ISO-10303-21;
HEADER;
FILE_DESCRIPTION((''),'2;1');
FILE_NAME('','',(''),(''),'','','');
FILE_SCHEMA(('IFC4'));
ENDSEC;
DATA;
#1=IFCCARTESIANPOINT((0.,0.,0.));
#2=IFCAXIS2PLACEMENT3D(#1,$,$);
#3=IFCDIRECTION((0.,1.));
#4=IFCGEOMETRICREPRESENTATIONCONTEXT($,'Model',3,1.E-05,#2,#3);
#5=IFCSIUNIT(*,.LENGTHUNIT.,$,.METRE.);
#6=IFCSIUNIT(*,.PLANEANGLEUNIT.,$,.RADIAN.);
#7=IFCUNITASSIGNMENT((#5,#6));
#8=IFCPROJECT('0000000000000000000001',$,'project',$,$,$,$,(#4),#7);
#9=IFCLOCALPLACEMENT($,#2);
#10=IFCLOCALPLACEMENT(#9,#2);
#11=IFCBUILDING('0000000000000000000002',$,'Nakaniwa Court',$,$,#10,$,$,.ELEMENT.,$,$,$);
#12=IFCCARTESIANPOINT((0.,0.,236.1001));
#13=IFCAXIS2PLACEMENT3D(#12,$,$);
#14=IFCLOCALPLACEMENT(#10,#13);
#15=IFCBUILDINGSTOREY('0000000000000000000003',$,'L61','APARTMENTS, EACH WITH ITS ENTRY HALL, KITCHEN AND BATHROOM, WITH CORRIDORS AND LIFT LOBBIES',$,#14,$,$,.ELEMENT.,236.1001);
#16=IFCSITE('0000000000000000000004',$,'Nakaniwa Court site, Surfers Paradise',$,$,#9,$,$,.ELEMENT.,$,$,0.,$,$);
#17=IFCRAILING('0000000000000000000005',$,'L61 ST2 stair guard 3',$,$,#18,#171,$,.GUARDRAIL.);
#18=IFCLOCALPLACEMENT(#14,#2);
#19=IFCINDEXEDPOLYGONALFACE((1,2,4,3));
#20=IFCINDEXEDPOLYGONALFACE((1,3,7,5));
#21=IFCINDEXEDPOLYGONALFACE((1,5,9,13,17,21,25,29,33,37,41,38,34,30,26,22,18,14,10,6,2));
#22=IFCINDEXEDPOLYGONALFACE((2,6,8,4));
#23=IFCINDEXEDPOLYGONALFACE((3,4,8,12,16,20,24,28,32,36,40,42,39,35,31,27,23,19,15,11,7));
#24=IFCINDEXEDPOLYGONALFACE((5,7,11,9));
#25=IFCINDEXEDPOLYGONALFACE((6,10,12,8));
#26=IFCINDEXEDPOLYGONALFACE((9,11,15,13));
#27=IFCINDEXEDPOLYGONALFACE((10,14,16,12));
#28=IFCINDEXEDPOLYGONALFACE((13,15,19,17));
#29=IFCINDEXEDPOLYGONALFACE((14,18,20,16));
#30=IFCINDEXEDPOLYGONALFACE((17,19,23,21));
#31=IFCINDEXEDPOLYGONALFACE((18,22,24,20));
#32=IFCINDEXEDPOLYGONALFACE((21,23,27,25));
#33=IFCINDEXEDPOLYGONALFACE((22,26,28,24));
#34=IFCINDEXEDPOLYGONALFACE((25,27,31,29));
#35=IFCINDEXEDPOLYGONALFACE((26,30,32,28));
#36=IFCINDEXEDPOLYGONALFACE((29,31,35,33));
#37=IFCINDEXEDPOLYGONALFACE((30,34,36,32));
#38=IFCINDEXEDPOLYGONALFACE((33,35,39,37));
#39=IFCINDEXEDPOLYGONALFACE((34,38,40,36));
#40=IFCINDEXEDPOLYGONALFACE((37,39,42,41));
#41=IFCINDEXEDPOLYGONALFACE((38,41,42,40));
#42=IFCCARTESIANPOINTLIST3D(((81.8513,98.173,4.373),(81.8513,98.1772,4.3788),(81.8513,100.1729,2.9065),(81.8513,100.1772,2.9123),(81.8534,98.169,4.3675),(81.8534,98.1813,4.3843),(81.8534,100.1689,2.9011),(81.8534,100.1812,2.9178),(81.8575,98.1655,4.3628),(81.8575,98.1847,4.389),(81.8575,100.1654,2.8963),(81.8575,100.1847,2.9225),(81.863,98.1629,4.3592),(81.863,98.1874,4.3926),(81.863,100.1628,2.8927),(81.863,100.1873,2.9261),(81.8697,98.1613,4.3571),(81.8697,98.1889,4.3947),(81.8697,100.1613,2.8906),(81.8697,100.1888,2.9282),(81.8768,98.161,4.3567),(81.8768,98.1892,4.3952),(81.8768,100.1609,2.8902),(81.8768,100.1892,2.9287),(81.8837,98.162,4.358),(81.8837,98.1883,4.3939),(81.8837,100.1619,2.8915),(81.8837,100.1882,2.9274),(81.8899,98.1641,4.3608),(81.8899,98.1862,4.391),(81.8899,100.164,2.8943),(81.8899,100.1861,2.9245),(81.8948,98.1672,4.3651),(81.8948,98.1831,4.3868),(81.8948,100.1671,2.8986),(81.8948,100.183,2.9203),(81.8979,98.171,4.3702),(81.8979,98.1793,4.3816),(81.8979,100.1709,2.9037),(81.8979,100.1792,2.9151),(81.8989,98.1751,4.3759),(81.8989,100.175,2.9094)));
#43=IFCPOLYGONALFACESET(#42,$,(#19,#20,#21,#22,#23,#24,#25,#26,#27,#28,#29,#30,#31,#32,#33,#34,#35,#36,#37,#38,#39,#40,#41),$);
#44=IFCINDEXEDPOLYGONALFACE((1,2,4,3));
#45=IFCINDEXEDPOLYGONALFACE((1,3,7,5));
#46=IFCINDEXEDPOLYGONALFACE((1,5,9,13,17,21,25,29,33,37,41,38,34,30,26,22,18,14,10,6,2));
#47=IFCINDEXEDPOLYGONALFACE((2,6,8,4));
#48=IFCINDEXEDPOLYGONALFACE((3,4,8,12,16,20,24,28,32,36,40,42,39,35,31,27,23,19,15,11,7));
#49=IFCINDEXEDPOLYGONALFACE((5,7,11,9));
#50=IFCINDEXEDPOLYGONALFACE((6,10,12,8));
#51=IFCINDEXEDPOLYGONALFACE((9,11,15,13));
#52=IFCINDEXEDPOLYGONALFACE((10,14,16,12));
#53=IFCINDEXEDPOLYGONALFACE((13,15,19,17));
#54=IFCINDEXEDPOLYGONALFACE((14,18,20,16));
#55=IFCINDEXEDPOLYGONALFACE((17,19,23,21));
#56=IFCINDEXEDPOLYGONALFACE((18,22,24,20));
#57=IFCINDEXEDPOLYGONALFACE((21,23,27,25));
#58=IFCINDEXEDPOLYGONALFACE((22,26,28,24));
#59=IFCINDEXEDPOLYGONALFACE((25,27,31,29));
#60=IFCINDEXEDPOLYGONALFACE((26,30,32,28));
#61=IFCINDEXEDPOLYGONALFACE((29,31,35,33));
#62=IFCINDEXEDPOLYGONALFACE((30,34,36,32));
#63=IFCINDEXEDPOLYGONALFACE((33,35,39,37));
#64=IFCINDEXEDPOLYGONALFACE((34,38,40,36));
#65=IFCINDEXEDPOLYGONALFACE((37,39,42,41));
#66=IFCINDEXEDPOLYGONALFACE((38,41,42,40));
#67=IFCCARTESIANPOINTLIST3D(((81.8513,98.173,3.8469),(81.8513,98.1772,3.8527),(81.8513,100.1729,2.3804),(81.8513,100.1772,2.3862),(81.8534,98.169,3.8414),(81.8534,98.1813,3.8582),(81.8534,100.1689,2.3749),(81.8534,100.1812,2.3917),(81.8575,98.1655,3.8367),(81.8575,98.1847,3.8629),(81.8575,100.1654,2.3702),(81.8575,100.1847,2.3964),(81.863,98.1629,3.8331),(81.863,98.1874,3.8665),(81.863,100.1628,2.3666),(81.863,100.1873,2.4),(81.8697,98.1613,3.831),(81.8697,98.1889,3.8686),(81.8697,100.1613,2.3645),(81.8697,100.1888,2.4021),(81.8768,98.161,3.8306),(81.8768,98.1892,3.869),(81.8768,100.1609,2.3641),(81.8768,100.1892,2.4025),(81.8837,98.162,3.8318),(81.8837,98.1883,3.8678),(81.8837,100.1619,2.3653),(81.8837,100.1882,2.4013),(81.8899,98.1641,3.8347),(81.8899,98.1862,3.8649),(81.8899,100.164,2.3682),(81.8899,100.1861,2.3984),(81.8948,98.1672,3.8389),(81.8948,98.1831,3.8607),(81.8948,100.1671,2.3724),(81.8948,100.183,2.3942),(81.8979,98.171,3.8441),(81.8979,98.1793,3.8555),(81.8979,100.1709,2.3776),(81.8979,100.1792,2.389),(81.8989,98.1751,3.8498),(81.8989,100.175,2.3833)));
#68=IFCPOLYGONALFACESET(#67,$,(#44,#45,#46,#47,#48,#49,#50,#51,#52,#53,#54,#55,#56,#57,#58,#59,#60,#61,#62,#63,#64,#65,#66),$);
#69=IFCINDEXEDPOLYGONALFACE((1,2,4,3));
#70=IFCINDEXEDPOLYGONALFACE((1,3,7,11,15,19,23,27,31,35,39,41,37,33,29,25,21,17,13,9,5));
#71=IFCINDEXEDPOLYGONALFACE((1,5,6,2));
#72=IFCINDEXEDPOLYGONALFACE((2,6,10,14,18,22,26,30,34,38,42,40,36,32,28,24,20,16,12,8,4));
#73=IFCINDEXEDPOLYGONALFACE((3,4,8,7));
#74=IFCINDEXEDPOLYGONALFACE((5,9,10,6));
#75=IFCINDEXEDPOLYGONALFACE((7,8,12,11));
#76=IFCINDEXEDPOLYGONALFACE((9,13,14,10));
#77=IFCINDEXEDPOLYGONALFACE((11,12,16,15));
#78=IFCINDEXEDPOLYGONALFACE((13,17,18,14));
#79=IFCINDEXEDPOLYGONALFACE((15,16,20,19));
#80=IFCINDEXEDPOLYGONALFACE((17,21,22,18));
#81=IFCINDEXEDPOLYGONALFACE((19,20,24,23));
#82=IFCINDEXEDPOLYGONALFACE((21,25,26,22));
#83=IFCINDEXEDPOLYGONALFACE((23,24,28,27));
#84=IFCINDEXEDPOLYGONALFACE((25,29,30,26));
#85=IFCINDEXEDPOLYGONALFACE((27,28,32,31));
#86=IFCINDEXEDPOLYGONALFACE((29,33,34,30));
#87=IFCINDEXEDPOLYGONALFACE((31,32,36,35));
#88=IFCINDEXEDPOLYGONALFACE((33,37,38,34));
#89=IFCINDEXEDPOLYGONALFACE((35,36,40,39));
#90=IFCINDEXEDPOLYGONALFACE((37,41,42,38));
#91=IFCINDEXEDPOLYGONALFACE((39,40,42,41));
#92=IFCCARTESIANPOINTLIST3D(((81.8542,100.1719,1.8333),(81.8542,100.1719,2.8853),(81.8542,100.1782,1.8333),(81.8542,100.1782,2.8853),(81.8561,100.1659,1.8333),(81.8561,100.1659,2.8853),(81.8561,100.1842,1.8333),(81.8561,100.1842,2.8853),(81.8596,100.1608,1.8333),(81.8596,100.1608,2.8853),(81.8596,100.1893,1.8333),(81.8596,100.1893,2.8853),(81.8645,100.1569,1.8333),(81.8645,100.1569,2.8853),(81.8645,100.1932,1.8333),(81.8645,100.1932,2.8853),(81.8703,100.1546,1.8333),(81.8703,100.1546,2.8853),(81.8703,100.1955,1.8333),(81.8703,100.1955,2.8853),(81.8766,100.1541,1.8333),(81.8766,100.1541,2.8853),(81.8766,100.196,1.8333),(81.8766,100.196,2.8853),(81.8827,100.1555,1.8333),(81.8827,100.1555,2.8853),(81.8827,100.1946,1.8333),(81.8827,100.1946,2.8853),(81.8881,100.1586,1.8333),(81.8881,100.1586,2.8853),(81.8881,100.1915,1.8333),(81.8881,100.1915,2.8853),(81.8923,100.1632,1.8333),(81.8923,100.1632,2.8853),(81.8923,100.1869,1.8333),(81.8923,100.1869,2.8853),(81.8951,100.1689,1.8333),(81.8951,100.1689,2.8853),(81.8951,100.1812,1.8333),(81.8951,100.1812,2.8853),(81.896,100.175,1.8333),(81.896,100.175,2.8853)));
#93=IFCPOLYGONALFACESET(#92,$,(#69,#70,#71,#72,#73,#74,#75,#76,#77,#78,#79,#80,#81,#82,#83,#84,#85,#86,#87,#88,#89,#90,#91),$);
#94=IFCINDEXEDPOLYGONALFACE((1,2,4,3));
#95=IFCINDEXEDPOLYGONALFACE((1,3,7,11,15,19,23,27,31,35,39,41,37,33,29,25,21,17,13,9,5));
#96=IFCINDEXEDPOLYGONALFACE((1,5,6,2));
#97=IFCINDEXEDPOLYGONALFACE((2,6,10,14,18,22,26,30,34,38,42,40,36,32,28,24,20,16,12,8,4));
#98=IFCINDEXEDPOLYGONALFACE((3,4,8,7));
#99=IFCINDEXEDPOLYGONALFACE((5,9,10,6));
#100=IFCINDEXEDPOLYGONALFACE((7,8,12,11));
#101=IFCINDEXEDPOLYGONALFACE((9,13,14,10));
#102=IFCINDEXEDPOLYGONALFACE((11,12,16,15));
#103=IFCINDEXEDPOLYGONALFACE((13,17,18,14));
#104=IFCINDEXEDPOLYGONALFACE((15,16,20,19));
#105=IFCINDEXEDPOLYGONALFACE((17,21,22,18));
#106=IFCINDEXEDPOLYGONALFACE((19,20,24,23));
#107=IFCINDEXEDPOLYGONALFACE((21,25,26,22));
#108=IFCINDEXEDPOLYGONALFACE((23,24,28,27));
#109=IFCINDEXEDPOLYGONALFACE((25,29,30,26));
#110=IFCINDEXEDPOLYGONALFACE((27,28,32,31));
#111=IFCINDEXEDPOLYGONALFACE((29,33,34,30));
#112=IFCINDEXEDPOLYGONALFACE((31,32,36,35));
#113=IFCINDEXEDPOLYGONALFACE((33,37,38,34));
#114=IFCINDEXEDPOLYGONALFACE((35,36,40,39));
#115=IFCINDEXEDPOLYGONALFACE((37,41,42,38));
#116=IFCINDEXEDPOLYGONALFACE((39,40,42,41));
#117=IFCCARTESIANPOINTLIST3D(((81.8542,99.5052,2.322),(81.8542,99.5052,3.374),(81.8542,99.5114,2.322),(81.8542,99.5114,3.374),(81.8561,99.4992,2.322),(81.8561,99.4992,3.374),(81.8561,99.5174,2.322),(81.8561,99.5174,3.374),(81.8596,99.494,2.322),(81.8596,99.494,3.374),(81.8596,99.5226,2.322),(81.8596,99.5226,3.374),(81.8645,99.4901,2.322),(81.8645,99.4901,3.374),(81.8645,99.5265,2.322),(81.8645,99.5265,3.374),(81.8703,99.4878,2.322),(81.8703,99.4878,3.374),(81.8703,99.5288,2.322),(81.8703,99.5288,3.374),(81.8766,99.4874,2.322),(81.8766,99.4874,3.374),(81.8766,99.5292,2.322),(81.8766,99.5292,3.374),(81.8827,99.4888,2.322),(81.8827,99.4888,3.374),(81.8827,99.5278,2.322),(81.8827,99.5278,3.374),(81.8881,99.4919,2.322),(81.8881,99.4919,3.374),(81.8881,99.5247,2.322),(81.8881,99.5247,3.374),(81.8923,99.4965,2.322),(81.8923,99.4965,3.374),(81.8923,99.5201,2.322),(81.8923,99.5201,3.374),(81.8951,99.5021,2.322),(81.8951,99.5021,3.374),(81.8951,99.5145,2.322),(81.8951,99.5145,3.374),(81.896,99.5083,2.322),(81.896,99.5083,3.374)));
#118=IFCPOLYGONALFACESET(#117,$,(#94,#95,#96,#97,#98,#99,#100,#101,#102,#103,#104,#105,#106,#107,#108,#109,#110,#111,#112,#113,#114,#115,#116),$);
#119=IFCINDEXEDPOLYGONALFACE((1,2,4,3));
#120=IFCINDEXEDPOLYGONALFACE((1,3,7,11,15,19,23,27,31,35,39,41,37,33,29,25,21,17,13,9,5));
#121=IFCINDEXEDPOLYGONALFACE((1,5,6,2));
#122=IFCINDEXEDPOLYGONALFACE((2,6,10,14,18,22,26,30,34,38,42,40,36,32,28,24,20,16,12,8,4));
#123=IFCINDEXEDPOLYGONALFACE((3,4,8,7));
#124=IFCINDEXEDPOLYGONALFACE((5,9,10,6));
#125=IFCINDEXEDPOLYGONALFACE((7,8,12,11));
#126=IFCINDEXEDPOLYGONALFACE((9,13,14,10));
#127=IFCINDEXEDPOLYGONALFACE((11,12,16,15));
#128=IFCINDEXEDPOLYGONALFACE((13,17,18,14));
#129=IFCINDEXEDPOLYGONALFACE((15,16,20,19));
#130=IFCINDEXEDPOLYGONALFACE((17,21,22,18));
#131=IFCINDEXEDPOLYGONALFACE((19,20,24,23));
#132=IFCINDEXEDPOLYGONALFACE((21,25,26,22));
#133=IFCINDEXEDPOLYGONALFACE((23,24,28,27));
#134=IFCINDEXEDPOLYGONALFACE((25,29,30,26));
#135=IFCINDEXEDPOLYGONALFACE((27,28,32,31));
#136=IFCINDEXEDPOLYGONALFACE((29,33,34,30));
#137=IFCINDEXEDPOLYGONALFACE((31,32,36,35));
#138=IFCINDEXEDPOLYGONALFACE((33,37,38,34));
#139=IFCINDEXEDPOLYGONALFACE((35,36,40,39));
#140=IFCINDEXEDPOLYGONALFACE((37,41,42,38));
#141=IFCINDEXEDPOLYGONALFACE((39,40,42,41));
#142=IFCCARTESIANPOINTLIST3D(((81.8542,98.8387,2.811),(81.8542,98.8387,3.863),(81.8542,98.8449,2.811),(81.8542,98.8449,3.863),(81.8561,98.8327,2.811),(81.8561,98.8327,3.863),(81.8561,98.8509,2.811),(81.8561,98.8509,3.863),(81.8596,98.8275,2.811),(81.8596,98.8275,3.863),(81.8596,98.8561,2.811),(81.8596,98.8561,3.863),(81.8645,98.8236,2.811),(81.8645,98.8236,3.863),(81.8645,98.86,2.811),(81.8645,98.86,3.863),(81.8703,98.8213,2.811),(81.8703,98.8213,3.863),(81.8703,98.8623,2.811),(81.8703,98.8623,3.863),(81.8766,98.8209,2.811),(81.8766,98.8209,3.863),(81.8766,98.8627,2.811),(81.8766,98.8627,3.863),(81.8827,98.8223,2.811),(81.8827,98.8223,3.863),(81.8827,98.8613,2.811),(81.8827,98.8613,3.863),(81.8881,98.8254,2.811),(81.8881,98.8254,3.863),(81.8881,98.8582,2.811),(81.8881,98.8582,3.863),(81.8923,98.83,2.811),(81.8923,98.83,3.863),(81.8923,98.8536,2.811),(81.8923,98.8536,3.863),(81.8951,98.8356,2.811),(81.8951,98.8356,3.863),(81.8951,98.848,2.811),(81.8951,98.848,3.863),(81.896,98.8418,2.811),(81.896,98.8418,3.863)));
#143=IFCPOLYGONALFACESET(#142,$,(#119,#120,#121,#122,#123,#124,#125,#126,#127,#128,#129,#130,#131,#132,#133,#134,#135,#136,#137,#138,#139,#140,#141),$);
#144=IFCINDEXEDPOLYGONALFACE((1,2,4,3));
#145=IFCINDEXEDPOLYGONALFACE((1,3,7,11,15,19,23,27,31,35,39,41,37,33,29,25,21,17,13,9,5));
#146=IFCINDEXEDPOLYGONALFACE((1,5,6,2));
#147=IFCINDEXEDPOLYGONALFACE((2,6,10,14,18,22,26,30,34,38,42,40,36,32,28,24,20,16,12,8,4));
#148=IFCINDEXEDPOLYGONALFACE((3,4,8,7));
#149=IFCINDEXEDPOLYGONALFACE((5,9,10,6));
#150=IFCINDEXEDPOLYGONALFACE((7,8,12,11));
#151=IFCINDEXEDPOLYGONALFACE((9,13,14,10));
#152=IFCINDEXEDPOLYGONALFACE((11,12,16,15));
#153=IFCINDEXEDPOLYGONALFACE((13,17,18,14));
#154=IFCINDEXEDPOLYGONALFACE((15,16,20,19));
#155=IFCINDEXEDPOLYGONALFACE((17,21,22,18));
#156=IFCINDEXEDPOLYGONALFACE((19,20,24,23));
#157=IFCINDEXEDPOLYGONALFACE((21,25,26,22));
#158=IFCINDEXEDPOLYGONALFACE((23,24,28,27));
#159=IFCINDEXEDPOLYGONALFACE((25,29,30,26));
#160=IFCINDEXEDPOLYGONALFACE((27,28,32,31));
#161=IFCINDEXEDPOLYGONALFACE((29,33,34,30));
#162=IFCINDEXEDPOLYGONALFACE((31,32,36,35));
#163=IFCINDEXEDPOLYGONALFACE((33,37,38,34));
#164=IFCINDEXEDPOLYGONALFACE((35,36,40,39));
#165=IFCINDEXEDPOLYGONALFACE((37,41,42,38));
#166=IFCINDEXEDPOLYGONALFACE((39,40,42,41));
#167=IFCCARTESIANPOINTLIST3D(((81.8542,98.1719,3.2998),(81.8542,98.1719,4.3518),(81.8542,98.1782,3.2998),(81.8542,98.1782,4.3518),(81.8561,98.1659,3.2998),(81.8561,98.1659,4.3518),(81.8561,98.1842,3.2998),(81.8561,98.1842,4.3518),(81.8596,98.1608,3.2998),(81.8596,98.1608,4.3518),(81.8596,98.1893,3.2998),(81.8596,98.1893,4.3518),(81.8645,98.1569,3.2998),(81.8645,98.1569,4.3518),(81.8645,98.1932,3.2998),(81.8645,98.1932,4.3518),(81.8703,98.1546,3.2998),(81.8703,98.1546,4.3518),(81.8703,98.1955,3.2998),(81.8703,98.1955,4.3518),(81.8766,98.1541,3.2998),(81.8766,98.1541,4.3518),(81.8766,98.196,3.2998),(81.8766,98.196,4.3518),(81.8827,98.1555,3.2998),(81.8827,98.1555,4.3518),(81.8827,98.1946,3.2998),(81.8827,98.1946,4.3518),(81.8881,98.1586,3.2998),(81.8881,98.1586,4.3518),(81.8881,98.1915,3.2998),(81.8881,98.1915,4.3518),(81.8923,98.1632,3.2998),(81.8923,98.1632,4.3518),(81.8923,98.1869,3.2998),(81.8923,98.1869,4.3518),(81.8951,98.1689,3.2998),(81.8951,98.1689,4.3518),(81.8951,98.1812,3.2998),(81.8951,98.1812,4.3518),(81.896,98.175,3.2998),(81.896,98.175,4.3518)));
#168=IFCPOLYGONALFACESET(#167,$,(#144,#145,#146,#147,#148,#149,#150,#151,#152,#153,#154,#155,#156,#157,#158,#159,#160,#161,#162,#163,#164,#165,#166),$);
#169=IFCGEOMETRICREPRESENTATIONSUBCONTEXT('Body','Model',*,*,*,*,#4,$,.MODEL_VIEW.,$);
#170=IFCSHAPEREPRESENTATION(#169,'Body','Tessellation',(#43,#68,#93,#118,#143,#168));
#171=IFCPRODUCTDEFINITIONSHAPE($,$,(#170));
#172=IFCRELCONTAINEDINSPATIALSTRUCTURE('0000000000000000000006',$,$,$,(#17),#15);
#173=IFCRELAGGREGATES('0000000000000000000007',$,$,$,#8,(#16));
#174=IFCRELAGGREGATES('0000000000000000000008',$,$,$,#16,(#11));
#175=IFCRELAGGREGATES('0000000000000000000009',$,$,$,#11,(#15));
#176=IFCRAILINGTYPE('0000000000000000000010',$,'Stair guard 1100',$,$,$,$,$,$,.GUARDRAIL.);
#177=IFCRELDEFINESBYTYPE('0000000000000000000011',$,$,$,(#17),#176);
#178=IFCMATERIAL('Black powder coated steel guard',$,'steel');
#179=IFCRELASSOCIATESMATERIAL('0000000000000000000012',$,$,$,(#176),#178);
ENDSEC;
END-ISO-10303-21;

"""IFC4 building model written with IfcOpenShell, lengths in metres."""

from ifc_helpers import new_model, si_unit, direction, frame, origin, origin_2d, place, context, subcontext, project, spatial, circle, extrude, material, type_object, element, save


model = new_model("IFC4")

# Units and contexts
model_context = context("Model", 3, precision=1e-05, world=origin(), true_north=direction((0.0, 1.0)))
body_context = subcontext(model_context, "Body", "Model", "MODEL_VIEW")
ifc_project = project(units=[si_unit("LENGTHUNIT", "METRE"), si_unit("PLANEANGLEUNIT", "RADIAN")], contexts=[model_context])

# Site, building, storey
site_placement = place(None, origin())
site = spatial("IfcSite", under=ifc_project, at=site_placement, Name="Nakaniwa Court site, Surfers Paradise", CompositionType="ELEMENT", RefElevation=0.0)
building_placement = place(site_placement, origin())
building = spatial("IfcBuilding", under=site, at=building_placement, Name="Nakaniwa Court", CompositionType="ELEMENT")
storey_placement = place(building_placement, frame((0.0, 0.0, 236.1001)))
storey = spatial("IfcBuildingStorey", under=building, at=storey_placement, Name="L61", Description="APARTMENTS, EACH WITH ITS ENTRY HALL, KITCHEN AND BATHROOM, WITH CORRIDORS AND LIFT LOBBIES", CompositionType="ELEMENT", Elevation=236.1001)

# Railing
ifc_material_1 = material(Name="Black powder coated steel guard", Category="steel")
railing_type_1 = type_object("IfcRailingType", Name="Stair guard 1100", PredefinedType="GUARDRAIL", material=ifc_material_1)
railing_1_placement = place(storey_placement, frame((81.875, 100.175, 1.8333)))
element("IfcRailing", 1, at=railing_1_placement, inside=storey, type_object=railing_type_1, Name="L61 ST2 stair guard 3", PredefinedType="GUARDRAIL", context=body_context, shape_type="SweptSolid", body=[
    extrude(circle(Radius=0.0239, at=origin_2d()), frame((0.0, 0.0, 1.0762), z_axis=(0.0, -0.806427, 0.591334), x_axis=(1.0, 0.0, 0.0)), (0.0, 0.0, 1.0), 2.48),
    extrude(circle(Radius=0.0239, at=origin_2d()), frame((0.0, 0.0, 0.55), z_axis=(0.0, -0.806427, 0.591334), x_axis=(1.0, 0.0, 0.0)), (0.0, 0.0, 1.0), 2.48),
    extrude(circle(Radius=0.021, at=origin_2d()), origin(), (0.0, 0.0, 1.0), 1.052),
    extrude(circle(Radius=0.021, at=origin_2d()), frame((0.0, -0.6667, 0.4888)), (0.0, 0.0, 1.0), 1.052),
    extrude(circle(Radius=0.021, at=origin_2d()), frame((0.0, -1.3333, 0.9778)), (0.0, 0.0, 1.0), 1.052),
    extrude(circle(Radius=0.021, at=origin_2d()), frame((0.0, -2.0, 1.4666)), (0.0, 0.0, 1.0), 1.052),
])

save(model, "model.ifc")
